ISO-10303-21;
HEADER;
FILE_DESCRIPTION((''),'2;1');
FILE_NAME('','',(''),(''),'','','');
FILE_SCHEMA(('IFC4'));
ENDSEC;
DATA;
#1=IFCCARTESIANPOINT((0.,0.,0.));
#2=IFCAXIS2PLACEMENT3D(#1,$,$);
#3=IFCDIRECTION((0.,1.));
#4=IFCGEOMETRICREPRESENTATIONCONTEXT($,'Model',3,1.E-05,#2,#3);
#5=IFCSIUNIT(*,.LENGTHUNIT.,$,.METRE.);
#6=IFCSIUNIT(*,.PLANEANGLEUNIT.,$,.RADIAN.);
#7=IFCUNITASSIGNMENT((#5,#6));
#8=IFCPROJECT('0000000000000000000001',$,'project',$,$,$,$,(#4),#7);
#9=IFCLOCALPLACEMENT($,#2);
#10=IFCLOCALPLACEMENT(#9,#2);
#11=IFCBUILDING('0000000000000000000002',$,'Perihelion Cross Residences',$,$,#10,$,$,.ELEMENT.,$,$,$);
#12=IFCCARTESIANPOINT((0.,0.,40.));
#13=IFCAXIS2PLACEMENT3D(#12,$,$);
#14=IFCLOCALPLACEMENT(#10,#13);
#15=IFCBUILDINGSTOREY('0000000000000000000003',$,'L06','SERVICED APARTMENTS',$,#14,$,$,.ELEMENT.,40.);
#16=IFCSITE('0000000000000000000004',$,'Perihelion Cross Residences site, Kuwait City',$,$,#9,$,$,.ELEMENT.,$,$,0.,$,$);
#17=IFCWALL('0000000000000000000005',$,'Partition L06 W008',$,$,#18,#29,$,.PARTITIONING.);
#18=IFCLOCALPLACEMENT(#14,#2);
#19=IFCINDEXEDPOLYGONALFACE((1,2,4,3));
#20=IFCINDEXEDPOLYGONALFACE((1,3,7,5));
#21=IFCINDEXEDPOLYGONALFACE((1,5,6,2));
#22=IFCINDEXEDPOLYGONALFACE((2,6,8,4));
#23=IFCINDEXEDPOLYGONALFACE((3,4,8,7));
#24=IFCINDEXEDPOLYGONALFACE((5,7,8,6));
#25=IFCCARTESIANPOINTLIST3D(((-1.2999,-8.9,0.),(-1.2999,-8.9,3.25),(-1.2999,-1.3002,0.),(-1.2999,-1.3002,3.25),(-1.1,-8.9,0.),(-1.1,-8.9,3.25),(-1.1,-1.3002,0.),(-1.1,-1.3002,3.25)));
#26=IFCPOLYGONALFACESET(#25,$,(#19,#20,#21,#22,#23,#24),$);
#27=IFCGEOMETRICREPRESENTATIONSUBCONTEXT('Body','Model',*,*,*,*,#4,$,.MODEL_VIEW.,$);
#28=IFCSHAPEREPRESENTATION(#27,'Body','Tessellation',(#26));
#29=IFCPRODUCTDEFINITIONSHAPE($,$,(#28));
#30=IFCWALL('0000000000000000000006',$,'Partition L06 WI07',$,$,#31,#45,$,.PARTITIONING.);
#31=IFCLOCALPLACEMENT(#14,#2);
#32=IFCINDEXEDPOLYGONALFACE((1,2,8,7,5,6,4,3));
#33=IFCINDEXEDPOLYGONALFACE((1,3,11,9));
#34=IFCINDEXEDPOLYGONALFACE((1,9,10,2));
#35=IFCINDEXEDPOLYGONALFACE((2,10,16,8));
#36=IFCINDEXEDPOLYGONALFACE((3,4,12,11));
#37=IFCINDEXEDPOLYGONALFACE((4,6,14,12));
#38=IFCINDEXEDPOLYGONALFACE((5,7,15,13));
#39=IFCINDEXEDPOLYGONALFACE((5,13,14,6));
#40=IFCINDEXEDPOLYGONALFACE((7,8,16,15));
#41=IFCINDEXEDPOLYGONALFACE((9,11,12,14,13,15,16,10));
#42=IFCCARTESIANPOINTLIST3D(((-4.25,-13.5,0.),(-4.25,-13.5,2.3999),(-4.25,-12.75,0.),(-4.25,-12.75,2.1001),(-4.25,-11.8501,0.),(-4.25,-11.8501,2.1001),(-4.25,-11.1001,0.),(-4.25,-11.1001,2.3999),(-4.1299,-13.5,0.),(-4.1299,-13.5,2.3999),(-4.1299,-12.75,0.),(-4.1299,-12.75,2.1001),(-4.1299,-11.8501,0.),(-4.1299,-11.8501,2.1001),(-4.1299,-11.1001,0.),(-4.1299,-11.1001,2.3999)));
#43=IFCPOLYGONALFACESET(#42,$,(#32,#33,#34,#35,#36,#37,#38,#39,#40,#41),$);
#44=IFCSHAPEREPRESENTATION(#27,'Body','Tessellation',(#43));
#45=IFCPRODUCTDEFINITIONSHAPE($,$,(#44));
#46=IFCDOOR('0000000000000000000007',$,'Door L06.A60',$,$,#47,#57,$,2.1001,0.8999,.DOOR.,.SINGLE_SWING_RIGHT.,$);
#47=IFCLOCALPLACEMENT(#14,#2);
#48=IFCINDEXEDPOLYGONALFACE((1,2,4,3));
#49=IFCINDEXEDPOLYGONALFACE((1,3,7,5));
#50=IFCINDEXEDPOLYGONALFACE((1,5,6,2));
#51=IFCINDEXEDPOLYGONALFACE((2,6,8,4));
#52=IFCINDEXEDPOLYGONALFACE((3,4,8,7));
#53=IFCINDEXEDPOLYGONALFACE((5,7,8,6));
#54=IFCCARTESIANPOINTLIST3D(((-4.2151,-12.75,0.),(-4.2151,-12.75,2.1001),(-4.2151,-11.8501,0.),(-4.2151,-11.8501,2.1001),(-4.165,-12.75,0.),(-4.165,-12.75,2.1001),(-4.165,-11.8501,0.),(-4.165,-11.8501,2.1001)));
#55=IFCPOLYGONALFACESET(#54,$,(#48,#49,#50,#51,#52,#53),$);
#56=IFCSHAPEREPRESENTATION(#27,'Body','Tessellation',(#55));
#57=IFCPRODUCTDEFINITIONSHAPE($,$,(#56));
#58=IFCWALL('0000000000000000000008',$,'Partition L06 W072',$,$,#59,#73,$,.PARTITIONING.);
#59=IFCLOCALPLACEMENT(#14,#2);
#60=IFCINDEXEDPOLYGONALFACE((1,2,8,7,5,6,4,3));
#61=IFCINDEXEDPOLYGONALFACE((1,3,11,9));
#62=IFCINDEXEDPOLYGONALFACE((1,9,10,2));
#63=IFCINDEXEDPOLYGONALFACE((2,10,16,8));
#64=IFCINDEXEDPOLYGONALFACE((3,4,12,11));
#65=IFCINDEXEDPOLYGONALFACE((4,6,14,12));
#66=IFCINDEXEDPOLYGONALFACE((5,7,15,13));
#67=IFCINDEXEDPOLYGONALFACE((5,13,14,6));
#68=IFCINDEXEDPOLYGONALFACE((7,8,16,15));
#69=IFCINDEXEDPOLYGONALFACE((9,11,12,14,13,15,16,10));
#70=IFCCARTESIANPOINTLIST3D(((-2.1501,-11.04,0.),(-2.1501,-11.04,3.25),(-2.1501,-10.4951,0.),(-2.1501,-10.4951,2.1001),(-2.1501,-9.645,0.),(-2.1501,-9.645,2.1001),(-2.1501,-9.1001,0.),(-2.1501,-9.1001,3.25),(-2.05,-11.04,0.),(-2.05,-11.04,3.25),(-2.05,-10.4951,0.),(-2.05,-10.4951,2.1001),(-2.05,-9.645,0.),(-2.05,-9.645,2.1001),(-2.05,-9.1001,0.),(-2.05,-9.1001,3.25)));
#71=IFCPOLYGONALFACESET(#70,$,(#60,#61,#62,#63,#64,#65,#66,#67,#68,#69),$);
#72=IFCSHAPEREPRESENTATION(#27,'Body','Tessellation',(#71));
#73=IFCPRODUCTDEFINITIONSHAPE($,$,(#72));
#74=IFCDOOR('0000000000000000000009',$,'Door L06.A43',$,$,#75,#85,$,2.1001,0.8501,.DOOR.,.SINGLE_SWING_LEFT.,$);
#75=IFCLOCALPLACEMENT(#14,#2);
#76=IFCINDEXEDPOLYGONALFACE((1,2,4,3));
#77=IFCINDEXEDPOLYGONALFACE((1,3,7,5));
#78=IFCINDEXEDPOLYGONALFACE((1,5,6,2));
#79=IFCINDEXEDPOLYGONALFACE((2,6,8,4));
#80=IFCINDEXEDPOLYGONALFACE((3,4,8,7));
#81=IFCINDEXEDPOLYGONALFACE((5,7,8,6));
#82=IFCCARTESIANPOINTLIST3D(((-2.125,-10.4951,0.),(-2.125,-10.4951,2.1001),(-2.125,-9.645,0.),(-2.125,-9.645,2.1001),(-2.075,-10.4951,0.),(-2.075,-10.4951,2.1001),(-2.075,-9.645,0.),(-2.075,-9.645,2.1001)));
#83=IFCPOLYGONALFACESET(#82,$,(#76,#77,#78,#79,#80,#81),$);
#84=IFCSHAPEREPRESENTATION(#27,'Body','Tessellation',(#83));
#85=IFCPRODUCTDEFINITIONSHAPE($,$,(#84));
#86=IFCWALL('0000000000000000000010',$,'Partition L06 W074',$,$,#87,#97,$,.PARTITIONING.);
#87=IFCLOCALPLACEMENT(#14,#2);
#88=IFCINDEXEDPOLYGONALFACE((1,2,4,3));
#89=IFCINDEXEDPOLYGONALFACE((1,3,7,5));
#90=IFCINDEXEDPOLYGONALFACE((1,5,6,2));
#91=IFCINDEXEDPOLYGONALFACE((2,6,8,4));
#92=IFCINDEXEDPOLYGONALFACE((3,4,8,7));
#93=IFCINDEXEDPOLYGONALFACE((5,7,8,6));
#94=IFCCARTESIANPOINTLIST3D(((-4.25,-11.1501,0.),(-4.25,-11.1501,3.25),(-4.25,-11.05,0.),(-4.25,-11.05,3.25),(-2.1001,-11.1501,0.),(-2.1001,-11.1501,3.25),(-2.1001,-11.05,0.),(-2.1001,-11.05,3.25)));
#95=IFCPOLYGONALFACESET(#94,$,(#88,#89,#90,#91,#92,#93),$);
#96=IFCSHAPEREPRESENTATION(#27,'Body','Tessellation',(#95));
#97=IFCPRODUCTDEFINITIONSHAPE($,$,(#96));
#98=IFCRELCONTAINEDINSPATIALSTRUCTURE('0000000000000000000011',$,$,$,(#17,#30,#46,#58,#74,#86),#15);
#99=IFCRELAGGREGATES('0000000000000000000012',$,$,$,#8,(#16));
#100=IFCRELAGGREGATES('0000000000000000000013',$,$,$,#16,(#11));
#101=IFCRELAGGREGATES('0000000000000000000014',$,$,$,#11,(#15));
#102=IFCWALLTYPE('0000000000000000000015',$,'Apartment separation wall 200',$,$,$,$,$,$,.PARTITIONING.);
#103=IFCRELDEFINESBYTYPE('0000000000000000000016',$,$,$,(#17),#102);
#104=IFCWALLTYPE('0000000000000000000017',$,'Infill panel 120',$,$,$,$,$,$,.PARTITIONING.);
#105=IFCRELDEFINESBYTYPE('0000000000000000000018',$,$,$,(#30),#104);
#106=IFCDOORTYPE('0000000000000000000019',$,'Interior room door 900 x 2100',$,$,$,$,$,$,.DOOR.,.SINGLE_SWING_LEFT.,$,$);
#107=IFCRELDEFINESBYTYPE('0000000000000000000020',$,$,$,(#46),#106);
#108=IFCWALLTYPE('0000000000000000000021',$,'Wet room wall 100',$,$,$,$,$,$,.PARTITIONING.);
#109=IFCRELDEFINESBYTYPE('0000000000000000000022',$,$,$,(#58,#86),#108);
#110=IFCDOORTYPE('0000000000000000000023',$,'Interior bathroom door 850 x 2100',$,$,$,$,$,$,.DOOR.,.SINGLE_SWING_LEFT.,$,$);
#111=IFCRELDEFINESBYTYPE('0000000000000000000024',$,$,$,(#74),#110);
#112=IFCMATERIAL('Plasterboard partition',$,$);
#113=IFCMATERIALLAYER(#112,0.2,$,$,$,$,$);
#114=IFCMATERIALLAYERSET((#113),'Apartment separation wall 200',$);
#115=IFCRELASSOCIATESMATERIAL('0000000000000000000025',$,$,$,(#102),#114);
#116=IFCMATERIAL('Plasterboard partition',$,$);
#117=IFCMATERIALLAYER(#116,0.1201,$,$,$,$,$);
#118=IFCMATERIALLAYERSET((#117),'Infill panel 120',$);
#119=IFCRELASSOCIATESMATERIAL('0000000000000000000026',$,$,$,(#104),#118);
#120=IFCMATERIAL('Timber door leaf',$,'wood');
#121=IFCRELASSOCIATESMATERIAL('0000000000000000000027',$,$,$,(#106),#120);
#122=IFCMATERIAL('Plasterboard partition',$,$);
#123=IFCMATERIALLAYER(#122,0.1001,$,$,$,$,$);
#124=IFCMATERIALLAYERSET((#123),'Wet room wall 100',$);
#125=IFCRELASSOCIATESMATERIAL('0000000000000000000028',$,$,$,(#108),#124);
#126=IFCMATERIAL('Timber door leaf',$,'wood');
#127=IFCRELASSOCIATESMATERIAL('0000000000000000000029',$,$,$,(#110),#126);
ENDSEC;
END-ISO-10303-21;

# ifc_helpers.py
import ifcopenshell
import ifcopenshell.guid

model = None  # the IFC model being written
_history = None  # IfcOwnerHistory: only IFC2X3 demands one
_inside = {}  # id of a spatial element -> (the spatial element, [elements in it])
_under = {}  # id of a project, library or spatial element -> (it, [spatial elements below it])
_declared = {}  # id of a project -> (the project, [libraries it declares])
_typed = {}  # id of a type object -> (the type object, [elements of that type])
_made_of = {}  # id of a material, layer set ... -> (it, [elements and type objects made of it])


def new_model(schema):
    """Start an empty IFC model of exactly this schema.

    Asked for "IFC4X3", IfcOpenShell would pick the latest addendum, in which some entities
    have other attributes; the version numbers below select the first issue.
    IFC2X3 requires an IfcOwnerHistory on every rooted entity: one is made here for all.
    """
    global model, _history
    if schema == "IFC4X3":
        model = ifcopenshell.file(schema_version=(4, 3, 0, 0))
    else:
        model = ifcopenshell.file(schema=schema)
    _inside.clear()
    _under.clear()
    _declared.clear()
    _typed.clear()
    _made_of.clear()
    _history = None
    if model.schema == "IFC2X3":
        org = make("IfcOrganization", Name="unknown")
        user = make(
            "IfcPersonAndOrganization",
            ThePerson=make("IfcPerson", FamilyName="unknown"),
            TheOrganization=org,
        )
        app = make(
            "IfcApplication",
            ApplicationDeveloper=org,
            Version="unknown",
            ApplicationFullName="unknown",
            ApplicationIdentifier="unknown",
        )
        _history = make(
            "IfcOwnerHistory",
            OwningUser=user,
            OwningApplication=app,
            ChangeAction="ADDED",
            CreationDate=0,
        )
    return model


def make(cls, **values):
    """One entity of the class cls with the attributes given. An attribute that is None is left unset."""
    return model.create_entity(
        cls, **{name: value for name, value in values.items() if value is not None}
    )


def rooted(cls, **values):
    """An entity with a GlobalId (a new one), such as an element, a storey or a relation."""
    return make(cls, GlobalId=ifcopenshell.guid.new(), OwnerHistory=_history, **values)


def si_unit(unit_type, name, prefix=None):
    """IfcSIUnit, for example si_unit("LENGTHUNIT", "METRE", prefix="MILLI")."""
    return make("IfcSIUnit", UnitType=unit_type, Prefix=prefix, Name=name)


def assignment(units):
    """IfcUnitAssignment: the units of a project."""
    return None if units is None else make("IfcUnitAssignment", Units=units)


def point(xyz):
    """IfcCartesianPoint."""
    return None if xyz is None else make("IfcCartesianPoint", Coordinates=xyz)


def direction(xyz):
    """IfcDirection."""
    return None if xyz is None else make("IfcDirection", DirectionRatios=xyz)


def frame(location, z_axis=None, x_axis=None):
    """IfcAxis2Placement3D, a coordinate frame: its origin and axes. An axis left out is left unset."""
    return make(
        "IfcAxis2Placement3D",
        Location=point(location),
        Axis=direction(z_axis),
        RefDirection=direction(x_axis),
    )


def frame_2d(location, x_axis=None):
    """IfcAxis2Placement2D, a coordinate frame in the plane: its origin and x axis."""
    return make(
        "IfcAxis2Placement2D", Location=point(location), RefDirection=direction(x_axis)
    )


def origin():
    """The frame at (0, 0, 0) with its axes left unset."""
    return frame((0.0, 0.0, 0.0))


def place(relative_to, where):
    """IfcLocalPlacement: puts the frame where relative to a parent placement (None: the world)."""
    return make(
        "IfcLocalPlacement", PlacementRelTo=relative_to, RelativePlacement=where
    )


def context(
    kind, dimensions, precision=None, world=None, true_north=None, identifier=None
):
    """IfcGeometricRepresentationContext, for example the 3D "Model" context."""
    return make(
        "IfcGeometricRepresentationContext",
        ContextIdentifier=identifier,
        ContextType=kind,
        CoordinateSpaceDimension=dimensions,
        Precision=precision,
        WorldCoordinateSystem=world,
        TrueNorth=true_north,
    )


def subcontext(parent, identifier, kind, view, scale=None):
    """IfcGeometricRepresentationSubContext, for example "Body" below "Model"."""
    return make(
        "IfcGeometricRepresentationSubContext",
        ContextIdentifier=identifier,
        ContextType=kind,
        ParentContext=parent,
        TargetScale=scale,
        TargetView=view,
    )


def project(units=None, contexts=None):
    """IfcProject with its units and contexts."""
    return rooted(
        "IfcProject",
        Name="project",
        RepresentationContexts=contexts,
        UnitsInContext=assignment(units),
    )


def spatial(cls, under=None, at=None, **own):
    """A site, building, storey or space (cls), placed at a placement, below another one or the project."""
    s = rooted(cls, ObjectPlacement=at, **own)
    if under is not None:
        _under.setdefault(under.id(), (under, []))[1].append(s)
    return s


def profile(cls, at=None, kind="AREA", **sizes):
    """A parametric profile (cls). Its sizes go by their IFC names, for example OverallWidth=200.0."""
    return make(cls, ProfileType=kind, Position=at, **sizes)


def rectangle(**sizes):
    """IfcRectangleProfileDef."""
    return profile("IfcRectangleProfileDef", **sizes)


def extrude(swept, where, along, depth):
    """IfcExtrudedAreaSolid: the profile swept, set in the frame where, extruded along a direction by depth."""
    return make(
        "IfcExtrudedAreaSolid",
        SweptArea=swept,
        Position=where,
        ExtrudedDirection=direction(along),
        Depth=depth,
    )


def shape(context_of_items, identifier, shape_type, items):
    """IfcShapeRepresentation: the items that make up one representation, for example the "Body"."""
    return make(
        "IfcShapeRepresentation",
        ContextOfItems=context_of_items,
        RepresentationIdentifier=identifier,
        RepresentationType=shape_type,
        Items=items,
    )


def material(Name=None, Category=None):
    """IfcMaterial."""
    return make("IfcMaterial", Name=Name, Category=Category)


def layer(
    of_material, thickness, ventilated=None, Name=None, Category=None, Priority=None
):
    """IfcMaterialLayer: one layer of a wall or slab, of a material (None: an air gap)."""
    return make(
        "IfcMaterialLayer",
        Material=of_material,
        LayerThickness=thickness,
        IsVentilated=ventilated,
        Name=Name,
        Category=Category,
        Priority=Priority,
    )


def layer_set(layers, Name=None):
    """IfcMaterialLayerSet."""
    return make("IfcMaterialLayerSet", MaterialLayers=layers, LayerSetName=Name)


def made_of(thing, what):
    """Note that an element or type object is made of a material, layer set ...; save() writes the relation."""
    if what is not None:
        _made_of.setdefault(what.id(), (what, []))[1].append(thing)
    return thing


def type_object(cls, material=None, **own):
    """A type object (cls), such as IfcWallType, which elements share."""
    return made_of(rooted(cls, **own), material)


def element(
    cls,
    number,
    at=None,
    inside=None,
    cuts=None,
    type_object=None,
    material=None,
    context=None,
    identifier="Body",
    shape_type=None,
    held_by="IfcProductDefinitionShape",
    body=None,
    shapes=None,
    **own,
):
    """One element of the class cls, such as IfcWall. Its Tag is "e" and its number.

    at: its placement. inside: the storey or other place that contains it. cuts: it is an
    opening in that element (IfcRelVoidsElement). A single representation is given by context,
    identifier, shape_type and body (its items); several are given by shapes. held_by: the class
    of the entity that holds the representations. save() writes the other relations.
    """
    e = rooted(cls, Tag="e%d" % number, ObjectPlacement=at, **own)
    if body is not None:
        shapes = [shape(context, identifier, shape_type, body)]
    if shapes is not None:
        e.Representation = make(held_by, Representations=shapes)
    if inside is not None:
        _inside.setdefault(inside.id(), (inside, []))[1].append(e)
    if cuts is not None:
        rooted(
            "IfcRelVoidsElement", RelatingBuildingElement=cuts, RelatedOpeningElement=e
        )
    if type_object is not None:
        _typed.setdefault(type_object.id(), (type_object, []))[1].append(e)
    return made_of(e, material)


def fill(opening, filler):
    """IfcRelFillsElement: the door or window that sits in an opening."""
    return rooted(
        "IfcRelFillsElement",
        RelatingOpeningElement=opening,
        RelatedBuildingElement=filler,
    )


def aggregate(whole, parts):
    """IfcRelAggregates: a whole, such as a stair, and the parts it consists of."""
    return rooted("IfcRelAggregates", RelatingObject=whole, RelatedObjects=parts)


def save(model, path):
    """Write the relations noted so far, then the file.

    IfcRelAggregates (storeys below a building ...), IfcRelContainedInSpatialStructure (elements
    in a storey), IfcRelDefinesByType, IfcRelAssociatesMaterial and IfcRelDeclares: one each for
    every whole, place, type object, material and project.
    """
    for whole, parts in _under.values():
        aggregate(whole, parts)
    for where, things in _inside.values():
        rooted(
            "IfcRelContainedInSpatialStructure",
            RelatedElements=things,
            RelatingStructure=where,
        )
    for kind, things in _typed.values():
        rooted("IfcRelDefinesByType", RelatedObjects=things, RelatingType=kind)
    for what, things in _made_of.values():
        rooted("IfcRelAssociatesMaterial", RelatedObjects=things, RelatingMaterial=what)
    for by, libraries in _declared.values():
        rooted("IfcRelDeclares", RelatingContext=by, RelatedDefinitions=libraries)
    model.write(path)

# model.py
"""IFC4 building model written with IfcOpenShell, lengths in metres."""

from ifc_helpers import new_model, si_unit, direction, frame, frame_2d, origin, place, context, subcontext, project, spatial, rectangle, extrude, material, layer, layer_set, type_object, element, fill, save


model = new_model("IFC4")

# Units and contexts
model_context = context("Model", 3, precision=1e-05, world=origin(), true_north=direction((0.0, 1.0)))
body_context = subcontext(model_context, "Body", "Model", "MODEL_VIEW")
ifc_project = project(units=[si_unit("LENGTHUNIT", "METRE"), si_unit("PLANEANGLEUNIT", "RADIAN")], contexts=[model_context])

# Site, building, storey
site_placement = place(None, origin())
site = spatial("IfcSite", under=ifc_project, at=site_placement, Name="Perihelion Cross Residences site, Kuwait City", CompositionType="ELEMENT", RefElevation=0.0)
building_placement = place(site_placement, origin())
building = spatial("IfcBuilding", under=site, at=building_placement, Name="Perihelion Cross Residences", CompositionType="ELEMENT")
storey_placement = place(building_placement, frame((0.0, 0.0, 40.0)))
storey = spatial("IfcBuildingStorey", under=building, at=storey_placement, Name="L06", Description="SERVICED APARTMENTS", CompositionType="ELEMENT", Elevation=40.0)

# Wall
ifc_material_1 = material(Name="Plasterboard partition")
ifc_layer_1 = layer(ifc_material_1, 0.2)
ifc_layer_set_1 = layer_set([ifc_layer_1], Name="Apartment separation wall 200")
wall_type_1 = type_object("IfcWallType", Name="Apartment separation wall 200", PredefinedType="PARTITIONING", material=ifc_layer_set_1)
wall_1_placement = place(storey_placement, frame((-1.2, -8.8999, 0.0), z_axis=(0.0, 0.0, 1.0), x_axis=(0.0, 1.0, 0.0)))
element("IfcWall", 1, at=wall_1_placement, inside=storey, type_object=wall_type_1, Name="Partition L06 W008", PredefinedType="PARTITIONING", context=body_context, shape_type="SweptSolid", body=[
    extrude(rectangle(XDim=7.5999, YDim=0.2, at=frame_2d((3.7998, 0.0))), origin(), (0.0, 0.0, 1.0), 3.25),
])

# Walls, openings, doors
ifc_material_2 = material(Name="Plasterboard partition")
ifc_layer_2 = layer(ifc_material_2, 0.1201)
ifc_layer_set_2 = layer_set([ifc_layer_2], Name="Infill panel 120")
wall_type_2 = type_object("IfcWallType", Name="Infill panel 120", PredefinedType="PARTITIONING", material=ifc_layer_set_2)
wall_2_placement = place(storey_placement, frame((-4.1899, -11.1001, 0.0), z_axis=(0.0, 0.0, 1.0), x_axis=(0.0, -1.0, 0.0)))
wall_2 = element("IfcWall", 2, at=wall_2_placement, inside=storey, type_object=wall_type_2, Name="Partition L06 WI07", PredefinedType="PARTITIONING", context=body_context, shape_type="SweptSolid", body=[
    extrude(rectangle(XDim=2.3999, YDim=0.1201, at=frame_2d((1.2, 0.0))), origin(), (0.0, 0.0, 1.0), 2.3999),
])
opening_1_placement = place(wall_2_placement, frame((0.75, 0.0, 0.0)))
opening_1 = element("IfcOpeningElement", 3, at=opening_1_placement, cuts=wall_2, PredefinedType="OPENING", context=body_context, shape_type="SweptSolid", body=[
    extrude(rectangle(XDim=0.8999, YDim=2.1001, at=frame_2d((0.45, 1.05))), frame((0.0, 0.0701, 0.0), z_axis=(0.0, -1.0, 0.0), x_axis=(1.0, 0.0, 0.0)), (0.0, 0.0, 1.0), 0.1401),
])
ifc_material_3 = material(Name="Timber door leaf", Category="wood")
door_type_1 = type_object("IfcDoorType", Name="Interior room door 900 x 2100", OperationType="SINGLE_SWING_LEFT", PredefinedType="DOOR", material=ifc_material_3)
door_1_placement = place(opening_1_placement, origin())
door_1 = element("IfcDoor", 4, at=door_1_placement, inside=storey, type_object=door_type_1, Name="Door L06.A60", OperationType="SINGLE_SWING_RIGHT", OverallHeight=2.1001, OverallWidth=0.8999, PredefinedType="DOOR", context=body_context, shape_type="SweptSolid", body=[
    extrude(rectangle(XDim=0.8999, YDim=2.1001, at=frame_2d((0.45, 1.05))), frame((0.0, 0.0249, 0.0), z_axis=(0.0, -1.0, 0.0), x_axis=(1.0, 0.0, 0.0)), (0.0, 0.0, 1.0), 0.05),
])
fill(opening_1, door_1)
ifc_material_4 = material(Name="Plasterboard partition")
ifc_layer_3 = layer(ifc_material_4, 0.1001)
ifc_layer_set_3 = layer_set([ifc_layer_3], Name="Wet room wall 100")
wall_type_3 = type_object("IfcWallType", Name="Wet room wall 100", PredefinedType="PARTITIONING", material=ifc_layer_set_3)
wall_3_placement = place(storey_placement, frame((-2.1001, -11.04, 0.0), z_axis=(0.0, 0.0, 1.0), x_axis=(0.0, 1.0, 0.0)))
wall_3 = element("IfcWall", 5, at=wall_3_placement, inside=storey, type_object=wall_type_3, Name="Partition L06 W072", PredefinedType="PARTITIONING", context=body_context, shape_type="SweptSolid", body=[
    extrude(rectangle(XDim=1.9399, YDim=0.1001, at=frame_2d((0.97, 0.0))), origin(), (0.0, 0.0, 1.0), 3.25),
])
opening_2_placement = place(wall_3_placement, frame((0.5449, 0.0, 0.0)))
opening_2 = element("IfcOpeningElement", 6, at=opening_2_placement, cuts=wall_3, PredefinedType="OPENING", context=body_context, shape_type="SweptSolid", body=[
    extrude(rectangle(XDim=0.8501, YDim=2.1001, at=frame_2d((0.425, 1.05))), frame((0.0, 0.0601, 0.0), z_axis=(0.0, -1.0, 0.0), x_axis=(1.0, 0.0, 0.0)), (0.0, 0.0, 1.0), 0.1201),
])
ifc_material_5 = material(Name="Timber door leaf", Category="wood")
door_type_2 = type_object("IfcDoorType", Name="Interior bathroom door 850 x 2100", OperationType="SINGLE_SWING_LEFT", PredefinedType="DOOR", material=ifc_material_5)
door_2_placement = place(opening_2_placement, origin())
door_2 = element("IfcDoor", 7, at=door_2_placement, inside=storey, type_object=door_type_2, Name="Door L06.A43", OperationType="SINGLE_SWING_LEFT", OverallHeight=2.1001, OverallWidth=0.8501, PredefinedType="DOOR", context=body_context, shape_type="SweptSolid", body=[
    extrude(rectangle(XDim=0.8501, YDim=2.1001, at=frame_2d((0.425, 1.05))), frame((0.0, 0.0249, 0.0), z_axis=(0.0, -1.0, 0.0), x_axis=(1.0, 0.0, 0.0)), (0.0, 0.0, 1.0), 0.05),
])
fill(opening_2, door_2)

# Wall
wall_4_placement = place(storey_placement, frame((-2.1001, -11.1001, 0.0), z_axis=(0.0, 0.0, 1.0), x_axis=(-1.0, 0.0, 0.0)))
element("IfcWall", 8, at=wall_4_placement, inside=storey, type_object=wall_type_3, Name="Partition L06 W074", PredefinedType="PARTITIONING", context=body_context, shape_type="SweptSolid", body=[
    extrude(rectangle(XDim=2.1499, YDim=0.1001, at=frame_2d((1.075, 0.0))), origin(), (0.0, 0.0, 1.0), 3.25),
])

save(model, "model.ifc")
